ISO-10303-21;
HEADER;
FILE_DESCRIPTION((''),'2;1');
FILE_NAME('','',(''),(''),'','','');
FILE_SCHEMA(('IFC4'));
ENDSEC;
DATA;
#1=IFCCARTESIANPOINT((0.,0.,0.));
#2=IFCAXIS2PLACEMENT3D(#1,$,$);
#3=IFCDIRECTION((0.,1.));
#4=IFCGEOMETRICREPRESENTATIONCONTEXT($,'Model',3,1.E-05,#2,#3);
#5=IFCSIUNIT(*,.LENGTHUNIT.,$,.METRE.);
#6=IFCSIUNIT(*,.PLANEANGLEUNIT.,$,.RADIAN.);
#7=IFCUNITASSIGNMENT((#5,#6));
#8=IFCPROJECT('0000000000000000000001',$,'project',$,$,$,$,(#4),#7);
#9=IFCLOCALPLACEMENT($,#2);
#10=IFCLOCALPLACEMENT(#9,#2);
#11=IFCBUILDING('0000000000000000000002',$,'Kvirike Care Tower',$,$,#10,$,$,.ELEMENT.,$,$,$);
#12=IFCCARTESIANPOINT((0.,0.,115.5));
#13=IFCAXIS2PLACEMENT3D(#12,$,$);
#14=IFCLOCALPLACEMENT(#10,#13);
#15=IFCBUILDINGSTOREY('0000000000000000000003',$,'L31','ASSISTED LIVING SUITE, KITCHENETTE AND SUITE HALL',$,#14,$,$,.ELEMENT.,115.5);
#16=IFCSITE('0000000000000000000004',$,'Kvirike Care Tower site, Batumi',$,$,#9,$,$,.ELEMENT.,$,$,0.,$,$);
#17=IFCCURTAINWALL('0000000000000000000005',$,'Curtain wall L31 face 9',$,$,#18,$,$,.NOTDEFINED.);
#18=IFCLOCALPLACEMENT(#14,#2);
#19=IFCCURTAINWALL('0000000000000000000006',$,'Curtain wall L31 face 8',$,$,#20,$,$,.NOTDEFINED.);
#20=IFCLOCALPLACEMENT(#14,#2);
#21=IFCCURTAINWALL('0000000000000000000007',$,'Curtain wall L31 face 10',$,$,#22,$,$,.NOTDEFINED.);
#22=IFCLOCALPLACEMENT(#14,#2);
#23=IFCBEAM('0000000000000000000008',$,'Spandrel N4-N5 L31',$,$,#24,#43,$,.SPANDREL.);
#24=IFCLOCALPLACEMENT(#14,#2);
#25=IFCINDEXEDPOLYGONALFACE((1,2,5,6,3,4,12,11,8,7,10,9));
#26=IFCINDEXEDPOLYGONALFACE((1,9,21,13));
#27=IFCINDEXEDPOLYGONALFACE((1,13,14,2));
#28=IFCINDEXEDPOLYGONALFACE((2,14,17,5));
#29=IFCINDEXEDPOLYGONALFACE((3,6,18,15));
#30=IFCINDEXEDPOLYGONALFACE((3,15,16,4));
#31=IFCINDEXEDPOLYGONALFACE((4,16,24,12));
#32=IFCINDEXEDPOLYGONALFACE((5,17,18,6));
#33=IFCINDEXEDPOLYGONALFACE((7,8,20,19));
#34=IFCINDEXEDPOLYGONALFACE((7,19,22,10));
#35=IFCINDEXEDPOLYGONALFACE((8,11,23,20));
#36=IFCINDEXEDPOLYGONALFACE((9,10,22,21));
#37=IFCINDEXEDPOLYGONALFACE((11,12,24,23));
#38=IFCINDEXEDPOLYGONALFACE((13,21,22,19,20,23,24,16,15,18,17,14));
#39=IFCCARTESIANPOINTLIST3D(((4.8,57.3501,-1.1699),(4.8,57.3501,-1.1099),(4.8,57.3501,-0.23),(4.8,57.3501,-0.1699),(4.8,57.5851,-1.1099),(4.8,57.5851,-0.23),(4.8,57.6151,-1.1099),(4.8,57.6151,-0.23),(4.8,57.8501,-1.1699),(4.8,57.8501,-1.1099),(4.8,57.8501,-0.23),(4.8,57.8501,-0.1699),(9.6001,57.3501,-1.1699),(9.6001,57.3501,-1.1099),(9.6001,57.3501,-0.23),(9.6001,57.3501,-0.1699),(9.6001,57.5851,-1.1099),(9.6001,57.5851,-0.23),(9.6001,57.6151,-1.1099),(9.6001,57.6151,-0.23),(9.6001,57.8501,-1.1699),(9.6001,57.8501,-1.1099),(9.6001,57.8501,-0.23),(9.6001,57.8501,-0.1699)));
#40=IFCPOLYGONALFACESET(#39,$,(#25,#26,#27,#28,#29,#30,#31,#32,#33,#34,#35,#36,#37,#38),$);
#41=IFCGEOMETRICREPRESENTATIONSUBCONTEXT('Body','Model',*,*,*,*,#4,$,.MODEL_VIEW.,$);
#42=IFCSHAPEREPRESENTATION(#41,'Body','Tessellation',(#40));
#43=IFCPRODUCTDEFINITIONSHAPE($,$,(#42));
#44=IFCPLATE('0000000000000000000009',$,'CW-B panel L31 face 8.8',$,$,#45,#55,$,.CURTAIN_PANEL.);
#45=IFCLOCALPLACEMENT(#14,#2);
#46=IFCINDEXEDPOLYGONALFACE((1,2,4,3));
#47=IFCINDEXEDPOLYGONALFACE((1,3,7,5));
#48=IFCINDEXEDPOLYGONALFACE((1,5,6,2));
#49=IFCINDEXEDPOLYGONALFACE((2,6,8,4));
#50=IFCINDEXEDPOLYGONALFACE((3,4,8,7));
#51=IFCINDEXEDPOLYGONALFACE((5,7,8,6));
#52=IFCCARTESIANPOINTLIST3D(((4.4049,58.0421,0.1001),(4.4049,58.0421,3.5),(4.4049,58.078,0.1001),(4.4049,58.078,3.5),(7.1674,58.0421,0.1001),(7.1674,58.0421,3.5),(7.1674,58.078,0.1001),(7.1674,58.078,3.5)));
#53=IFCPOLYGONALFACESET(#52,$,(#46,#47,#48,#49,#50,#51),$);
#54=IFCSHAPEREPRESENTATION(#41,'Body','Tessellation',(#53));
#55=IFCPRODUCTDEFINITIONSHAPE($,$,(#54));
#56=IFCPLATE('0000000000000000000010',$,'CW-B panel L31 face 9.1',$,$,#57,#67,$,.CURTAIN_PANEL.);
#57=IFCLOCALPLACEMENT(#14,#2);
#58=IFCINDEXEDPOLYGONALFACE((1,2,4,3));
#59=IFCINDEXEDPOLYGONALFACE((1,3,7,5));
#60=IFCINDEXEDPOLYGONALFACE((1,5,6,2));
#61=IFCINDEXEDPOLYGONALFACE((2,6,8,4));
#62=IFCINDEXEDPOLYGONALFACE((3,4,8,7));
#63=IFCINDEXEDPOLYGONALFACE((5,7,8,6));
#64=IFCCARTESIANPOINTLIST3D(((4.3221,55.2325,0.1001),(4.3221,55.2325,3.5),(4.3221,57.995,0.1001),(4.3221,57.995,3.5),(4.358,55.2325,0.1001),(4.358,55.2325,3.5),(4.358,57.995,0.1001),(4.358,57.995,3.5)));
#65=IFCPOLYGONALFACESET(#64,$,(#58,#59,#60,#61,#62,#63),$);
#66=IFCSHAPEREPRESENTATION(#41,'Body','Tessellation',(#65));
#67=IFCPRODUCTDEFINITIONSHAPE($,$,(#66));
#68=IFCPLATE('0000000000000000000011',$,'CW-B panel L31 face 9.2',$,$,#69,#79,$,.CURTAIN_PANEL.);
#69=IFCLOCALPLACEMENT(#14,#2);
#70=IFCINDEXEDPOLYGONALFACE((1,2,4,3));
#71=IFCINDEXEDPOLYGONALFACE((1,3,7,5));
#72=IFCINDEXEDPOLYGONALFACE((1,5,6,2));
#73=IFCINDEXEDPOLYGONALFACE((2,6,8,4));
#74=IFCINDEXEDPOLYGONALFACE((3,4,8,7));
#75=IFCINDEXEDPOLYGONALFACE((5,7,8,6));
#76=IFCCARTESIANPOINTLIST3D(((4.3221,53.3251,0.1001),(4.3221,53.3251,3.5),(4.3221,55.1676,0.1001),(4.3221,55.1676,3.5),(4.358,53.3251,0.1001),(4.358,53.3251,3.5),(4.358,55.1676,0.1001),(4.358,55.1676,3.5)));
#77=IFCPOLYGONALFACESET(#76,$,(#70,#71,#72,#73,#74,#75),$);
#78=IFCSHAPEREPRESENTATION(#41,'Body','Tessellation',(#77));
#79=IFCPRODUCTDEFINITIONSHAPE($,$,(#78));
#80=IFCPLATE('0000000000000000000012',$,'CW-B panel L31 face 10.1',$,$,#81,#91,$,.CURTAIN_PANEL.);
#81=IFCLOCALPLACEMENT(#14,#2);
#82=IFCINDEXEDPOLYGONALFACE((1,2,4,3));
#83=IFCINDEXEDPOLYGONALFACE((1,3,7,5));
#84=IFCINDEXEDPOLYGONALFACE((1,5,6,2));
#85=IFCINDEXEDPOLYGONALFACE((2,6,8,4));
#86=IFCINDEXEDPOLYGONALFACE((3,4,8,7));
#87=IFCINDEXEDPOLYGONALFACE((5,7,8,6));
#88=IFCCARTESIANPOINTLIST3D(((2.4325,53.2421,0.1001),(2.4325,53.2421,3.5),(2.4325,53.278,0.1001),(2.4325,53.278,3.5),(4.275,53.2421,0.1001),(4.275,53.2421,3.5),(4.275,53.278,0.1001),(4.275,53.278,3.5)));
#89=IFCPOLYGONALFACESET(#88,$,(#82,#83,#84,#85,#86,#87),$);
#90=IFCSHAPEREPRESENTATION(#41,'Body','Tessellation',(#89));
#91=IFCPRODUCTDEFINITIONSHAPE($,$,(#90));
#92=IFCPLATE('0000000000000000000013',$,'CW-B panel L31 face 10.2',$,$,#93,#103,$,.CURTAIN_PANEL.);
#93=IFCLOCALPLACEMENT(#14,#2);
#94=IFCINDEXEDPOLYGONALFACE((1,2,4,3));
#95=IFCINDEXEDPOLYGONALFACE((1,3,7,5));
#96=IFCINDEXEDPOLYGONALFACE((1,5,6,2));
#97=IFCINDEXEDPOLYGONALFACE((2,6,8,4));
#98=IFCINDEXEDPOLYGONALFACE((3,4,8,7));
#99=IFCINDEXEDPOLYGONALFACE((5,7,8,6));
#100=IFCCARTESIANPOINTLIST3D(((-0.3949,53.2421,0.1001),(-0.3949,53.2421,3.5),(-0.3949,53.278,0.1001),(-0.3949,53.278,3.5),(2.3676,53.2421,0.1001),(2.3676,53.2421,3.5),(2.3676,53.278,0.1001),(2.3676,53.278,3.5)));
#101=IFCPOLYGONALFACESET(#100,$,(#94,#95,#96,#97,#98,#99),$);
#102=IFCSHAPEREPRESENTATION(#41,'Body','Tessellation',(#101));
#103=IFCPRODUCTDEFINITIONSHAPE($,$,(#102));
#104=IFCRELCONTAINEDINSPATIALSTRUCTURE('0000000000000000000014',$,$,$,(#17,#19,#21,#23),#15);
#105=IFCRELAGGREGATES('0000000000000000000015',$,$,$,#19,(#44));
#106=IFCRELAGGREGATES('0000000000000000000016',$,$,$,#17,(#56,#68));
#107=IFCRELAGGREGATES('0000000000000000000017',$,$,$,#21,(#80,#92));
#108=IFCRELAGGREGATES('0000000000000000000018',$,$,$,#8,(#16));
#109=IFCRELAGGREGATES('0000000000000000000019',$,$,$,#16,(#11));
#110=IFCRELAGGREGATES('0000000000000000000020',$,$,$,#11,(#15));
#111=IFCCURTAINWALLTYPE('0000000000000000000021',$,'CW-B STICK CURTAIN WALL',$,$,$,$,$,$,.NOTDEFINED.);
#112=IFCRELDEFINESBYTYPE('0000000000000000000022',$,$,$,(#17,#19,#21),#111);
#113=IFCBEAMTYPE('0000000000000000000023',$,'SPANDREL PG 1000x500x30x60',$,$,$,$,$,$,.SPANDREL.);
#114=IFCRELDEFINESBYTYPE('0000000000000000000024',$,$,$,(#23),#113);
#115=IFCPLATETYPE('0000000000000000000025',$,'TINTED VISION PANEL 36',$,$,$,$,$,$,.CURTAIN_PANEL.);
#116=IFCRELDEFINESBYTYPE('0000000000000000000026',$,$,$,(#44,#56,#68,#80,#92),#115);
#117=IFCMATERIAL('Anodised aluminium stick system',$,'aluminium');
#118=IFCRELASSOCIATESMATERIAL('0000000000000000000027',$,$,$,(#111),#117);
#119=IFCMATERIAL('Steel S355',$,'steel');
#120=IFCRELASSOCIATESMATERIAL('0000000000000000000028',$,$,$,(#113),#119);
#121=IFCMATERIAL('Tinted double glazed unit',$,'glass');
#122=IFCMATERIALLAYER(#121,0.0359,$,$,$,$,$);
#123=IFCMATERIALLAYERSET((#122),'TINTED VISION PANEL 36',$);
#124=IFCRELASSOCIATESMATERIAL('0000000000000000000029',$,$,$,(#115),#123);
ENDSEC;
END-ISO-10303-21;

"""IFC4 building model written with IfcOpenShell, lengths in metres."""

from ifc_helpers import new_model, si_unit, direction, frame, origin, origin_2d, place, context, subcontext, project, spatial, rectangle, i_section, extrude, material, layer, layer_set, material_profile, profile_set, type_object, element, aggregate, save


model = new_model("IFC4")

# Units and contexts
model_context = context("Model", 3, precision=1e-05, world=origin(), true_north=direction((0.0, 1.0)))
body_context = subcontext(model_context, "Body", "Model", "MODEL_VIEW")
ifc_project = project(units=[si_unit("LENGTHUNIT", "METRE"), si_unit("PLANEANGLEUNIT", "RADIAN")], contexts=[model_context])

# Site, building, storey
site_placement = place(None, origin())
site = spatial("IfcSite", under=ifc_project, at=site_placement, Name="Kvirike Care Tower site, Batumi", CompositionType="ELEMENT", RefElevation=0.0)
building_placement = place(site_placement, origin())
building = spatial("IfcBuilding", under=site, at=building_placement, Name="Kvirike Care Tower", CompositionType="ELEMENT")
storey_placement = place(building_placement, frame((0.0, 0.0, 115.5)))
storey = spatial("IfcBuildingStorey", under=building, at=storey_placement, Name="L31", Description="ASSISTED LIVING SUITE, KITCHENETTE AND SUITE HALL", CompositionType="ELEMENT", Elevation=115.5)

# Curtain wall
ifc_material_1 = material(Name="Anodised aluminium stick system", Category="aluminium")
curtain_wall_type = type_object("IfcCurtainWallType", Name="CW-B STICK CURTAIN WALL", PredefinedType="NOTDEFINED", material=ifc_material_1)
curtain_wall_1_placement = place(storey_placement, origin())
curtain_wall_1 = element("IfcCurtainWall", 1, at=curtain_wall_1_placement, inside=storey, type_object=curtain_wall_type, Name="Curtain wall L31 face 9", PredefinedType="NOTDEFINED")

# Curtain wall
curtain_wall_2_placement = place(storey_placement, origin())
curtain_wall_2 = element("IfcCurtainWall", 2, at=curtain_wall_2_placement, inside=storey, type_object=curtain_wall_type, Name="Curtain wall L31 face 8", PredefinedType="NOTDEFINED")

# Curtain wall
curtain_wall_3_placement = place(storey_placement, origin())
curtain_wall_3 = element("IfcCurtainWall", 3, at=curtain_wall_3_placement, inside=storey, type_object=curtain_wall_type, Name="Curtain wall L31 face 10", PredefinedType="NOTDEFINED")

# Beam
ifc_material_2 = material(Name="Steel S355", Category="steel")
ifc_material_profile_1 = material_profile(ifc_material_2, i_section(OverallWidth=0.5, OverallDepth=1.0, WebThickness=0.03, FlangeThickness=0.0601, at=origin_2d()), Name="PG 1000x500x30x60")
ifc_profile_set_1 = profile_set([ifc_material_profile_1], Name="Steel S355")
beam_type = type_object("IfcBeamType", Name="SPANDREL PG 1000x500x30x60", PredefinedType="SPANDREL", material=ifc_profile_set_1)
beam_placement = place(storey_placement, frame((4.8, 57.6001, -0.6699), z_axis=(1.0, 0.0, 0.0), x_axis=(0.0, 1.0, 0.0)))
element("IfcBeam", 4, at=beam_placement, inside=storey, type_object=beam_type, Name="Spandrel N4-N5 L31", PredefinedType="SPANDREL", context=body_context, shape_type="SweptSolid", body=[
    extrude(i_section(OverallWidth=0.5, OverallDepth=1.0, WebThickness=0.03, FlangeThickness=0.0601, at=origin_2d()), origin(), (0.0, 0.0, 1.0), 4.8),
])

# Plates
ifc_material_3 = material(Name="Tinted double glazed unit", Category="glass")
ifc_layer = layer(ifc_material_3, 0.0359)
ifc_layer_set = layer_set([ifc_layer], Name="TINTED VISION PANEL 36")
plate_type = type_object("IfcPlateType", Name="TINTED VISION PANEL 36", PredefinedType="CURTAIN_PANEL", material=ifc_layer_set)
plate_1_placement = place(storey_placement, frame((5.7861, 58.0601, 0.1001), z_axis=(0.0, 0.0, 1.0), x_axis=(-1.0, 0.0, 0.0)))
plate_1 = element("IfcPlate", 5, at=plate_1_placement, type_object=plate_type, Name="CW-B panel L31 face 8.8", PredefinedType="CURTAIN_PANEL", context=body_context, shape_type="SweptSolid", body=[
    extrude(rectangle(XDim=2.7625, YDim=0.0359, at=origin_2d()), origin(), (0.0, 0.0, 1.0), 3.3999),
])
aggregate(curtain_wall_2, [plate_1])
plate_2_placement = place(storey_placement, frame((4.3401, 56.6138, 0.1001), z_axis=(0.0, 0.0, 1.0), x_axis=(0.0, -1.0, 0.0)))
plate_2 = element("IfcPlate", 6, at=plate_2_placement, type_object=plate_type, Name="CW-B panel L31 face 9.1", PredefinedType="CURTAIN_PANEL", context=body_context, shape_type="SweptSolid", body=[
    extrude(rectangle(XDim=2.7625, YDim=0.0359, at=origin_2d()), origin(), (0.0, 0.0, 1.0), 3.3999),
])
plate_3_placement = place(storey_placement, frame((4.3401, 54.2463, 0.1001), z_axis=(0.0, 0.0, 1.0), x_axis=(0.0, -1.0, 0.0)))
plate_3 = element("IfcPlate", 7, at=plate_3_placement, type_object=plate_type, Name="CW-B panel L31 face 9.2", PredefinedType="CURTAIN_PANEL", context=body_context, shape_type="SweptSolid", body=[
    extrude(rectangle(XDim=1.8425, YDim=0.0359, at=origin_2d()), origin(), (0.0, 0.0, 1.0), 3.3999),
])
aggregate(curtain_wall_1, [plate_2, plate_3])
plate_4_placement = place(storey_placement, frame((3.3538, 53.26, 0.1001), z_axis=(0.0, 0.0, 1.0), x_axis=(-1.0, 0.0, 0.0)))
plate_4 = element("IfcPlate", 8, at=plate_4_placement, type_object=plate_type, Name="CW-B panel L31 face 10.1", PredefinedType="CURTAIN_PANEL", context=body_context, shape_type="SweptSolid", body=[
    extrude(rectangle(XDim=1.8425, YDim=0.0359, at=origin_2d()), origin(), (0.0, 0.0, 1.0), 3.3999),
])
plate_5_placement = place(storey_placement, frame((0.9863, 53.26, 0.1001), z_axis=(0.0, 0.0, 1.0), x_axis=(-1.0, 0.0, 0.0)))
plate_5 = element("IfcPlate", 9, at=plate_5_placement, type_object=plate_type, Name="CW-B panel L31 face 10.2", PredefinedType="CURTAIN_PANEL", context=body_context, shape_type="SweptSolid", body=[
    extrude(rectangle(XDim=2.7625, YDim=0.0359, at=origin_2d()), origin(), (0.0, 0.0, 1.0), 3.3999),
])
aggregate(curtain_wall_3, [plate_4, plate_5])

save(model, "model.ifc")
